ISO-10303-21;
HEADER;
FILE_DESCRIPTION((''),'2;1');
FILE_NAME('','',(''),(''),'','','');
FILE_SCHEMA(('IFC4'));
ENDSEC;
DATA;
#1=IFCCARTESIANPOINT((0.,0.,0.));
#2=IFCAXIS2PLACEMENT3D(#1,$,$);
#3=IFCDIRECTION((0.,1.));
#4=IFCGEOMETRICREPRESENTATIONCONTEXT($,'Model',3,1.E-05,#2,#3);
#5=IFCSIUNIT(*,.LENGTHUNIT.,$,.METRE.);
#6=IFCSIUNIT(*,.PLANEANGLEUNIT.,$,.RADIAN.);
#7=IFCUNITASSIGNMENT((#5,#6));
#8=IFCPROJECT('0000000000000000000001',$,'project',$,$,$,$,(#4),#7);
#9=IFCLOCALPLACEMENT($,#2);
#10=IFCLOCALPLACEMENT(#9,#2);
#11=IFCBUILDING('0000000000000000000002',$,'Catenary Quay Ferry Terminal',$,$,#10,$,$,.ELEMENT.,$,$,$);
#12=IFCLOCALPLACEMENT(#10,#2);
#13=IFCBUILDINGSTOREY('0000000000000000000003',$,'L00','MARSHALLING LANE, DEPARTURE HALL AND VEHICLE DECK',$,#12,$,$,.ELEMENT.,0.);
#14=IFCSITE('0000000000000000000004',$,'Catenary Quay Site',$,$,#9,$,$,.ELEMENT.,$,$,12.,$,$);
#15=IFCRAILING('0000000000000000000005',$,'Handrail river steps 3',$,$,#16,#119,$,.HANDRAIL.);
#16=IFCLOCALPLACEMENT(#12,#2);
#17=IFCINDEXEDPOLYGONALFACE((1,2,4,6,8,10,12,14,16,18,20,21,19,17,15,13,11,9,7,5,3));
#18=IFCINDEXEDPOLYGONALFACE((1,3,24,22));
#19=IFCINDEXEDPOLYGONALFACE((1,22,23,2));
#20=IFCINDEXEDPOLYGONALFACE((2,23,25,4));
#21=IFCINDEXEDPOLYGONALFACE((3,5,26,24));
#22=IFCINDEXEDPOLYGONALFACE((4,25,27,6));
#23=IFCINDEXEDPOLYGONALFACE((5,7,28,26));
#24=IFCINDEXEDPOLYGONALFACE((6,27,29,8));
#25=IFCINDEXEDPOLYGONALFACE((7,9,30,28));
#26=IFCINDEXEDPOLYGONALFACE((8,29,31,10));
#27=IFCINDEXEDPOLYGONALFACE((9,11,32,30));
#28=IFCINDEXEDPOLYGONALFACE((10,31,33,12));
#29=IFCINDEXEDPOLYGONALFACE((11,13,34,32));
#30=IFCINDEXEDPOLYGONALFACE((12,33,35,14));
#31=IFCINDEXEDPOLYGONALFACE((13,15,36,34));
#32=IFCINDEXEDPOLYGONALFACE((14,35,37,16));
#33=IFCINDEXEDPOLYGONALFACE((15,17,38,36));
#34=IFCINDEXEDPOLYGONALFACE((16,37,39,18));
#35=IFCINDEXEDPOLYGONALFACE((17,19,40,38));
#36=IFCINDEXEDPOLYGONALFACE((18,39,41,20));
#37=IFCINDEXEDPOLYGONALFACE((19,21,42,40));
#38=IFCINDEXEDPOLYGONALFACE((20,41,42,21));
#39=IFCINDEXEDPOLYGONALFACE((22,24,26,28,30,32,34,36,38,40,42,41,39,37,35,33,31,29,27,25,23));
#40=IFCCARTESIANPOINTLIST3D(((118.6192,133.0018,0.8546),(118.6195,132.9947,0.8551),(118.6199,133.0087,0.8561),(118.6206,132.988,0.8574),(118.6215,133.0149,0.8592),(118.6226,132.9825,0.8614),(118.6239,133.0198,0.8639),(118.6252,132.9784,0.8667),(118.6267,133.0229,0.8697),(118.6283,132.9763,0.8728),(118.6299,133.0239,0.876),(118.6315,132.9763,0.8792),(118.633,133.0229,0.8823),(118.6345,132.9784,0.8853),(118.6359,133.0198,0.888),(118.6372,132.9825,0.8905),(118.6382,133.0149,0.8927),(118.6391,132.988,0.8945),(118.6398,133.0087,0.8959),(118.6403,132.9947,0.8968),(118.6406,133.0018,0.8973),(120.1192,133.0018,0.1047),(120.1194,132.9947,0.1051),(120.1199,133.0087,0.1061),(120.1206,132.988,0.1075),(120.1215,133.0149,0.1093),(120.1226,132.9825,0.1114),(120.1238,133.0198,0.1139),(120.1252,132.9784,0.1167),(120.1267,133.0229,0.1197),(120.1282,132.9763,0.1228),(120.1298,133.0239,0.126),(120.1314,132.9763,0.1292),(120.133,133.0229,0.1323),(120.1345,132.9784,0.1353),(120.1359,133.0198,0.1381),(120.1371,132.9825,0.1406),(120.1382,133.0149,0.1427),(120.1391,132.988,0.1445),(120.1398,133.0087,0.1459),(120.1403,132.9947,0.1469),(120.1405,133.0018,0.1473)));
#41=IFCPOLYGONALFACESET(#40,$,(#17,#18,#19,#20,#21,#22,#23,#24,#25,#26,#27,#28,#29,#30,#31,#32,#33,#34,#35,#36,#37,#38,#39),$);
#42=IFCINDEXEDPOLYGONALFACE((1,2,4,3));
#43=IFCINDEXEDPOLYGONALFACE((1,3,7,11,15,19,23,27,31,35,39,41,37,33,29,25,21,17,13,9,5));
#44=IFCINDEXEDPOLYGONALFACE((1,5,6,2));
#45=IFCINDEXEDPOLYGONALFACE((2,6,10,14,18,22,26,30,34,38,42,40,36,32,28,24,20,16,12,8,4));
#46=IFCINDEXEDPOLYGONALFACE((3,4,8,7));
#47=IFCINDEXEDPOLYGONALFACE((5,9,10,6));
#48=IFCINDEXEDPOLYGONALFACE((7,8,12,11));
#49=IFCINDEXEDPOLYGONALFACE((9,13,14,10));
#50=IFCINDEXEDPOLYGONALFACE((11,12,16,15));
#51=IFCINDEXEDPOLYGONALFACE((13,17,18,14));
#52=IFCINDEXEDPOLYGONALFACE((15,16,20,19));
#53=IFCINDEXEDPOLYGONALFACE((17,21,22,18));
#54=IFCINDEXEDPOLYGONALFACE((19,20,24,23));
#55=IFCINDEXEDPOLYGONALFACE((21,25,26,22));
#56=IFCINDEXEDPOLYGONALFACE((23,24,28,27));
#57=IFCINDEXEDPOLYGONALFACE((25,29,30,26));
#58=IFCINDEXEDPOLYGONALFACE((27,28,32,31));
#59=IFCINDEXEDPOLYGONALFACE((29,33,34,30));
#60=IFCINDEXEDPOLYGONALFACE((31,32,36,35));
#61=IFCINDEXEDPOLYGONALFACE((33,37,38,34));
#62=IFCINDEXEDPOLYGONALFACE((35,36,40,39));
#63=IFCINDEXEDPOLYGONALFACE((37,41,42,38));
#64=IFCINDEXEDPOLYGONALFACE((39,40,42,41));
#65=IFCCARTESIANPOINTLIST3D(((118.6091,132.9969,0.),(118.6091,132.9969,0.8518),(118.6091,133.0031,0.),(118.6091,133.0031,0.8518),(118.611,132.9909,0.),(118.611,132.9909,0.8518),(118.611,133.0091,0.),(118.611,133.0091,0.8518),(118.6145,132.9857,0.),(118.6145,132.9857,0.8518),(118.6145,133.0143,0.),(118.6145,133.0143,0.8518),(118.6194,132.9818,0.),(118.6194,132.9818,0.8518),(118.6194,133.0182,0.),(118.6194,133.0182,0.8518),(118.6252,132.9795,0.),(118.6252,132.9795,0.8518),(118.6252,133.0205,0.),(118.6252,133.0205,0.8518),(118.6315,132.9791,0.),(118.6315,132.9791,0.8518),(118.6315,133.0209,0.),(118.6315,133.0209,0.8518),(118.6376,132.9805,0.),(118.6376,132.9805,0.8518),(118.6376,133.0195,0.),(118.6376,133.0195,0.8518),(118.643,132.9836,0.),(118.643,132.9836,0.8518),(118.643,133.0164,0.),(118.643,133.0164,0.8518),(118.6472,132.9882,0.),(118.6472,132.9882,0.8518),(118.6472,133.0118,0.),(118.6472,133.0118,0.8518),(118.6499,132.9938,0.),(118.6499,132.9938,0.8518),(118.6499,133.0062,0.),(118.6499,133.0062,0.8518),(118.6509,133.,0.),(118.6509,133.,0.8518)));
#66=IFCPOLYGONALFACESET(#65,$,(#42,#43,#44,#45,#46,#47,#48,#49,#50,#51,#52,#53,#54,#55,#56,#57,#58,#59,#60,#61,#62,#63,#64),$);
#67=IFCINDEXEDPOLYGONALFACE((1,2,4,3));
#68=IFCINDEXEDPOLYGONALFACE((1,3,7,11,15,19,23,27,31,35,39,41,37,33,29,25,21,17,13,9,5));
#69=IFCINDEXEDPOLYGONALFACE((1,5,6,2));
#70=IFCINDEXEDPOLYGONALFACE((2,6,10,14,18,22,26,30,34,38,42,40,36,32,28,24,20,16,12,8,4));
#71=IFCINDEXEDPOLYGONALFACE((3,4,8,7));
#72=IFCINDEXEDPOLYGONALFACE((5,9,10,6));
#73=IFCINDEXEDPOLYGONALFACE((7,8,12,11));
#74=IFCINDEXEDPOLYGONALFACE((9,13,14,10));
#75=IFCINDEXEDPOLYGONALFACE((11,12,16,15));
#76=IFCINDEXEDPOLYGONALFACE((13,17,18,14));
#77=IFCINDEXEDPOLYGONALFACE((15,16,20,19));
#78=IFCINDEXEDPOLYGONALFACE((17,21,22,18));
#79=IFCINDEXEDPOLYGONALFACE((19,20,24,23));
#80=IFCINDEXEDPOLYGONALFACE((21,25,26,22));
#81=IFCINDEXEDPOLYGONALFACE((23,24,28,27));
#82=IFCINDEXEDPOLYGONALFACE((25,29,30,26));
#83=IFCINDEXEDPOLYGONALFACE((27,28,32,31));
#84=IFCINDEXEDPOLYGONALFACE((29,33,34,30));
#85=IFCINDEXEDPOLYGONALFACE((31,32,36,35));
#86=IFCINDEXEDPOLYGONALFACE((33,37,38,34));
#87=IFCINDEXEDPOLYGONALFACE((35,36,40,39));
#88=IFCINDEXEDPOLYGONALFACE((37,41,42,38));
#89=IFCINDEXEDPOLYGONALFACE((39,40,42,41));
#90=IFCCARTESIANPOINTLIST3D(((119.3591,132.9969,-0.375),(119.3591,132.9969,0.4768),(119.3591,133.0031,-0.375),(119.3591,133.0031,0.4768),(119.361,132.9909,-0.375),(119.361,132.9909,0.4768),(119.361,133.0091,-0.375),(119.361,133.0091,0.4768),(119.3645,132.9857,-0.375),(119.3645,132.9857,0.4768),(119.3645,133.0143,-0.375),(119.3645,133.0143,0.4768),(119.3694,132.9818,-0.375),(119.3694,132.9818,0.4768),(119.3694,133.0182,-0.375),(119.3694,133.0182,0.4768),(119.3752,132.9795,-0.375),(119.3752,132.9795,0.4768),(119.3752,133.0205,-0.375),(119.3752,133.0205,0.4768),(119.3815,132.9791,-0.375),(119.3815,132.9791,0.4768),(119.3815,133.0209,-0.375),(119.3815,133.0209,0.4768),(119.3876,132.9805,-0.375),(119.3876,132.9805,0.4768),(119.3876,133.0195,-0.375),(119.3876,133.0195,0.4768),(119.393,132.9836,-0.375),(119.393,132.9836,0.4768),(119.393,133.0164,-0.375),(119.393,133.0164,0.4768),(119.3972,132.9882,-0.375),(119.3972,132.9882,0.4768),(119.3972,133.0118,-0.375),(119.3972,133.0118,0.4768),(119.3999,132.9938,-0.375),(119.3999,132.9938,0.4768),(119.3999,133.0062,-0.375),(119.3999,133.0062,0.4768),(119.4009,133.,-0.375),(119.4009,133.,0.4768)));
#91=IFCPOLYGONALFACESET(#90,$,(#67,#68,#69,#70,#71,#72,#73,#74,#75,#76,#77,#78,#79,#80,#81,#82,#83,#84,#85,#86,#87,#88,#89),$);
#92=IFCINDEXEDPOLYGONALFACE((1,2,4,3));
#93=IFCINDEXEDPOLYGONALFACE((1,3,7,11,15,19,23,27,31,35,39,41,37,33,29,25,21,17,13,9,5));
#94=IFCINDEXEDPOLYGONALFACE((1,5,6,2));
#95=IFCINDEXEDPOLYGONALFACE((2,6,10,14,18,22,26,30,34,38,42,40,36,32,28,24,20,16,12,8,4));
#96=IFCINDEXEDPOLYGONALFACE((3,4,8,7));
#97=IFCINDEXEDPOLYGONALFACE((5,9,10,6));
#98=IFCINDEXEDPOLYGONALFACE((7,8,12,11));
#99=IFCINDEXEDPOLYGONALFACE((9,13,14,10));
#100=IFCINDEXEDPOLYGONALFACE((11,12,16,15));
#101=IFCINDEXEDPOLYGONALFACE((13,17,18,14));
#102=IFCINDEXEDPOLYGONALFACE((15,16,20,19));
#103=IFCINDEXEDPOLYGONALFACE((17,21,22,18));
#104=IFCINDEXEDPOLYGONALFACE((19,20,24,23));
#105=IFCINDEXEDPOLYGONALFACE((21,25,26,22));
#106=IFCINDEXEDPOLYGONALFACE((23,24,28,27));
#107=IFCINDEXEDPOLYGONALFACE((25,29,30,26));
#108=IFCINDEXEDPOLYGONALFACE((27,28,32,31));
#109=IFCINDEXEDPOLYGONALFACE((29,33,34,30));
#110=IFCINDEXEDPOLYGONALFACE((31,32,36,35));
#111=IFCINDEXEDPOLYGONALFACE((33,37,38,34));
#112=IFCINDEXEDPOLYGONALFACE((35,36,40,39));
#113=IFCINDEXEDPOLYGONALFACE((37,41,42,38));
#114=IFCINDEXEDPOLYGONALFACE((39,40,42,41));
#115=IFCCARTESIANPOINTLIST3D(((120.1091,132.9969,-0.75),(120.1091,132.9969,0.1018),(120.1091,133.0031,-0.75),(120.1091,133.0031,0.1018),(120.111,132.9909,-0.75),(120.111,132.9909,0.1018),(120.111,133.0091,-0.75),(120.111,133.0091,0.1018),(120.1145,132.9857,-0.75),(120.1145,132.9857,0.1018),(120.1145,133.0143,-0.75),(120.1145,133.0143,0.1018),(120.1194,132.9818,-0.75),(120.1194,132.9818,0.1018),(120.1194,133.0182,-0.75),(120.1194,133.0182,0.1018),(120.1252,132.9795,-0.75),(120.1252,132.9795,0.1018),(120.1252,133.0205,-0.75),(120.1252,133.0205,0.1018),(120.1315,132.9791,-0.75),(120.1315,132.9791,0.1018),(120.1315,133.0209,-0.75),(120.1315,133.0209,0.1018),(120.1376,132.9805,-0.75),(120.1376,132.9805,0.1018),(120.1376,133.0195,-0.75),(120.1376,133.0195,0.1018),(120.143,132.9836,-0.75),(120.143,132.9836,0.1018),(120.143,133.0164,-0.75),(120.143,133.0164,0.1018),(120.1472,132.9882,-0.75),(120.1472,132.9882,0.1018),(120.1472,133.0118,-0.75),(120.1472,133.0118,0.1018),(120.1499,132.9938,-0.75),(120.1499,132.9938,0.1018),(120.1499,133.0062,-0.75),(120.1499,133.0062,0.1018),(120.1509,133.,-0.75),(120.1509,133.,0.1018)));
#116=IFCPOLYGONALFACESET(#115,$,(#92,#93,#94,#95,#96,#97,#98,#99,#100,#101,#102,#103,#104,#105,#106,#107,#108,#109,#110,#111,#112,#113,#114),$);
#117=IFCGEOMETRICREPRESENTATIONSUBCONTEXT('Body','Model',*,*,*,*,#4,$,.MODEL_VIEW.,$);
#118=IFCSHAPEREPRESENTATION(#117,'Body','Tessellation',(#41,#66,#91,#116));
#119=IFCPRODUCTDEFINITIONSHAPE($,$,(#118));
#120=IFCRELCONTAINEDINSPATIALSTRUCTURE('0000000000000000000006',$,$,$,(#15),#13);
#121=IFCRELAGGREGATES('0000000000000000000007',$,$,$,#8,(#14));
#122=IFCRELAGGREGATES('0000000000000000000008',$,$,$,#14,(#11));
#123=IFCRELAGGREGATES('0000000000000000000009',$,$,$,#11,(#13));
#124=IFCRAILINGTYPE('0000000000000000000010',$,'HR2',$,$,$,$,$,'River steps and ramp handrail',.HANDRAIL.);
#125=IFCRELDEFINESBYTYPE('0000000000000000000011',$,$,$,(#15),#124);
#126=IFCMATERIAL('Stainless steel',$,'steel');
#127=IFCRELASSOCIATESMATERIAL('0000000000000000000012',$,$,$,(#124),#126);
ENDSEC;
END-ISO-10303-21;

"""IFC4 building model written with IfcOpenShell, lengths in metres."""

from ifc_helpers import new_model, si_unit, direction, frame, origin, origin_2d, place, context, subcontext, project, spatial, circle, extrude, material, type_object, element, save


model = new_model("IFC4")

# Units and contexts
model_context = context("Model", 3, precision=1e-05, world=origin(), true_north=direction((0.0, 1.0)))
body_context = subcontext(model_context, "Body", "Model", "MODEL_VIEW")
ifc_project = project(units=[si_unit("LENGTHUNIT", "METRE"), si_unit("PLANEANGLEUNIT", "RADIAN")], contexts=[model_context])

# Site, building, storey
site_placement = place(None, origin())
site = spatial("IfcSite", under=ifc_project, at=site_placement, Name="Catenary Quay Site", CompositionType="ELEMENT", RefElevation=12.0)
building_placement = place(site_placement, origin())
building = spatial("IfcBuilding", under=site, at=building_placement, Name="Catenary Quay Ferry Terminal", CompositionType="ELEMENT")
storey_placement = place(building_placement, origin())
storey = spatial("IfcBuildingStorey", under=building, at=storey_placement, Name="L00", Description="MARSHALLING LANE, DEPARTURE HALL AND VEHICLE DECK", CompositionType="ELEMENT", Elevation=0.0)

# Railing
ifc_material_1 = material(Name="Stainless steel", Category="steel")
railing_type_1 = type_object("IfcRailingType", Name="HR2", ElementType="River steps and ramp handrail", PredefinedType="HANDRAIL", material=ifc_material_1)
for number, where, name in (
    (1, (118.6299, 133.0, 0.0), "Handrail river steps 3"),
):
    element("IfcRailing", number, at=place(storey_placement, frame(where)), inside=storey, type_object=railing_type_1, Name=name, PredefinedType="HANDRAIL", context=body_context, shape_type="SweptSolid", body=[
        extrude(circle(Radius=0.0239, at=origin_2d()), frame((0.0, 0.0, 0.876), z_axis=(0.894427, 0.0, -0.447214), x_axis=(0.0, 1.0, 0.0)), (0.0, 0.0, 1.0), 1.677),
        extrude(circle(Radius=0.021, at=origin_2d()), origin(), (0.0, 0.0, 1.0), 0.8518),
        extrude(circle(Radius=0.021, at=origin_2d()), frame((0.75, 0.0, -0.375)), (0.0, 0.0, 1.0), 0.8518),
        extrude(circle(Radius=0.021, at=origin_2d()), frame((1.5, 0.0, -0.75)), (0.0, 0.0, 1.0), 0.8518),
    ])

save(model, "model.ifc")
